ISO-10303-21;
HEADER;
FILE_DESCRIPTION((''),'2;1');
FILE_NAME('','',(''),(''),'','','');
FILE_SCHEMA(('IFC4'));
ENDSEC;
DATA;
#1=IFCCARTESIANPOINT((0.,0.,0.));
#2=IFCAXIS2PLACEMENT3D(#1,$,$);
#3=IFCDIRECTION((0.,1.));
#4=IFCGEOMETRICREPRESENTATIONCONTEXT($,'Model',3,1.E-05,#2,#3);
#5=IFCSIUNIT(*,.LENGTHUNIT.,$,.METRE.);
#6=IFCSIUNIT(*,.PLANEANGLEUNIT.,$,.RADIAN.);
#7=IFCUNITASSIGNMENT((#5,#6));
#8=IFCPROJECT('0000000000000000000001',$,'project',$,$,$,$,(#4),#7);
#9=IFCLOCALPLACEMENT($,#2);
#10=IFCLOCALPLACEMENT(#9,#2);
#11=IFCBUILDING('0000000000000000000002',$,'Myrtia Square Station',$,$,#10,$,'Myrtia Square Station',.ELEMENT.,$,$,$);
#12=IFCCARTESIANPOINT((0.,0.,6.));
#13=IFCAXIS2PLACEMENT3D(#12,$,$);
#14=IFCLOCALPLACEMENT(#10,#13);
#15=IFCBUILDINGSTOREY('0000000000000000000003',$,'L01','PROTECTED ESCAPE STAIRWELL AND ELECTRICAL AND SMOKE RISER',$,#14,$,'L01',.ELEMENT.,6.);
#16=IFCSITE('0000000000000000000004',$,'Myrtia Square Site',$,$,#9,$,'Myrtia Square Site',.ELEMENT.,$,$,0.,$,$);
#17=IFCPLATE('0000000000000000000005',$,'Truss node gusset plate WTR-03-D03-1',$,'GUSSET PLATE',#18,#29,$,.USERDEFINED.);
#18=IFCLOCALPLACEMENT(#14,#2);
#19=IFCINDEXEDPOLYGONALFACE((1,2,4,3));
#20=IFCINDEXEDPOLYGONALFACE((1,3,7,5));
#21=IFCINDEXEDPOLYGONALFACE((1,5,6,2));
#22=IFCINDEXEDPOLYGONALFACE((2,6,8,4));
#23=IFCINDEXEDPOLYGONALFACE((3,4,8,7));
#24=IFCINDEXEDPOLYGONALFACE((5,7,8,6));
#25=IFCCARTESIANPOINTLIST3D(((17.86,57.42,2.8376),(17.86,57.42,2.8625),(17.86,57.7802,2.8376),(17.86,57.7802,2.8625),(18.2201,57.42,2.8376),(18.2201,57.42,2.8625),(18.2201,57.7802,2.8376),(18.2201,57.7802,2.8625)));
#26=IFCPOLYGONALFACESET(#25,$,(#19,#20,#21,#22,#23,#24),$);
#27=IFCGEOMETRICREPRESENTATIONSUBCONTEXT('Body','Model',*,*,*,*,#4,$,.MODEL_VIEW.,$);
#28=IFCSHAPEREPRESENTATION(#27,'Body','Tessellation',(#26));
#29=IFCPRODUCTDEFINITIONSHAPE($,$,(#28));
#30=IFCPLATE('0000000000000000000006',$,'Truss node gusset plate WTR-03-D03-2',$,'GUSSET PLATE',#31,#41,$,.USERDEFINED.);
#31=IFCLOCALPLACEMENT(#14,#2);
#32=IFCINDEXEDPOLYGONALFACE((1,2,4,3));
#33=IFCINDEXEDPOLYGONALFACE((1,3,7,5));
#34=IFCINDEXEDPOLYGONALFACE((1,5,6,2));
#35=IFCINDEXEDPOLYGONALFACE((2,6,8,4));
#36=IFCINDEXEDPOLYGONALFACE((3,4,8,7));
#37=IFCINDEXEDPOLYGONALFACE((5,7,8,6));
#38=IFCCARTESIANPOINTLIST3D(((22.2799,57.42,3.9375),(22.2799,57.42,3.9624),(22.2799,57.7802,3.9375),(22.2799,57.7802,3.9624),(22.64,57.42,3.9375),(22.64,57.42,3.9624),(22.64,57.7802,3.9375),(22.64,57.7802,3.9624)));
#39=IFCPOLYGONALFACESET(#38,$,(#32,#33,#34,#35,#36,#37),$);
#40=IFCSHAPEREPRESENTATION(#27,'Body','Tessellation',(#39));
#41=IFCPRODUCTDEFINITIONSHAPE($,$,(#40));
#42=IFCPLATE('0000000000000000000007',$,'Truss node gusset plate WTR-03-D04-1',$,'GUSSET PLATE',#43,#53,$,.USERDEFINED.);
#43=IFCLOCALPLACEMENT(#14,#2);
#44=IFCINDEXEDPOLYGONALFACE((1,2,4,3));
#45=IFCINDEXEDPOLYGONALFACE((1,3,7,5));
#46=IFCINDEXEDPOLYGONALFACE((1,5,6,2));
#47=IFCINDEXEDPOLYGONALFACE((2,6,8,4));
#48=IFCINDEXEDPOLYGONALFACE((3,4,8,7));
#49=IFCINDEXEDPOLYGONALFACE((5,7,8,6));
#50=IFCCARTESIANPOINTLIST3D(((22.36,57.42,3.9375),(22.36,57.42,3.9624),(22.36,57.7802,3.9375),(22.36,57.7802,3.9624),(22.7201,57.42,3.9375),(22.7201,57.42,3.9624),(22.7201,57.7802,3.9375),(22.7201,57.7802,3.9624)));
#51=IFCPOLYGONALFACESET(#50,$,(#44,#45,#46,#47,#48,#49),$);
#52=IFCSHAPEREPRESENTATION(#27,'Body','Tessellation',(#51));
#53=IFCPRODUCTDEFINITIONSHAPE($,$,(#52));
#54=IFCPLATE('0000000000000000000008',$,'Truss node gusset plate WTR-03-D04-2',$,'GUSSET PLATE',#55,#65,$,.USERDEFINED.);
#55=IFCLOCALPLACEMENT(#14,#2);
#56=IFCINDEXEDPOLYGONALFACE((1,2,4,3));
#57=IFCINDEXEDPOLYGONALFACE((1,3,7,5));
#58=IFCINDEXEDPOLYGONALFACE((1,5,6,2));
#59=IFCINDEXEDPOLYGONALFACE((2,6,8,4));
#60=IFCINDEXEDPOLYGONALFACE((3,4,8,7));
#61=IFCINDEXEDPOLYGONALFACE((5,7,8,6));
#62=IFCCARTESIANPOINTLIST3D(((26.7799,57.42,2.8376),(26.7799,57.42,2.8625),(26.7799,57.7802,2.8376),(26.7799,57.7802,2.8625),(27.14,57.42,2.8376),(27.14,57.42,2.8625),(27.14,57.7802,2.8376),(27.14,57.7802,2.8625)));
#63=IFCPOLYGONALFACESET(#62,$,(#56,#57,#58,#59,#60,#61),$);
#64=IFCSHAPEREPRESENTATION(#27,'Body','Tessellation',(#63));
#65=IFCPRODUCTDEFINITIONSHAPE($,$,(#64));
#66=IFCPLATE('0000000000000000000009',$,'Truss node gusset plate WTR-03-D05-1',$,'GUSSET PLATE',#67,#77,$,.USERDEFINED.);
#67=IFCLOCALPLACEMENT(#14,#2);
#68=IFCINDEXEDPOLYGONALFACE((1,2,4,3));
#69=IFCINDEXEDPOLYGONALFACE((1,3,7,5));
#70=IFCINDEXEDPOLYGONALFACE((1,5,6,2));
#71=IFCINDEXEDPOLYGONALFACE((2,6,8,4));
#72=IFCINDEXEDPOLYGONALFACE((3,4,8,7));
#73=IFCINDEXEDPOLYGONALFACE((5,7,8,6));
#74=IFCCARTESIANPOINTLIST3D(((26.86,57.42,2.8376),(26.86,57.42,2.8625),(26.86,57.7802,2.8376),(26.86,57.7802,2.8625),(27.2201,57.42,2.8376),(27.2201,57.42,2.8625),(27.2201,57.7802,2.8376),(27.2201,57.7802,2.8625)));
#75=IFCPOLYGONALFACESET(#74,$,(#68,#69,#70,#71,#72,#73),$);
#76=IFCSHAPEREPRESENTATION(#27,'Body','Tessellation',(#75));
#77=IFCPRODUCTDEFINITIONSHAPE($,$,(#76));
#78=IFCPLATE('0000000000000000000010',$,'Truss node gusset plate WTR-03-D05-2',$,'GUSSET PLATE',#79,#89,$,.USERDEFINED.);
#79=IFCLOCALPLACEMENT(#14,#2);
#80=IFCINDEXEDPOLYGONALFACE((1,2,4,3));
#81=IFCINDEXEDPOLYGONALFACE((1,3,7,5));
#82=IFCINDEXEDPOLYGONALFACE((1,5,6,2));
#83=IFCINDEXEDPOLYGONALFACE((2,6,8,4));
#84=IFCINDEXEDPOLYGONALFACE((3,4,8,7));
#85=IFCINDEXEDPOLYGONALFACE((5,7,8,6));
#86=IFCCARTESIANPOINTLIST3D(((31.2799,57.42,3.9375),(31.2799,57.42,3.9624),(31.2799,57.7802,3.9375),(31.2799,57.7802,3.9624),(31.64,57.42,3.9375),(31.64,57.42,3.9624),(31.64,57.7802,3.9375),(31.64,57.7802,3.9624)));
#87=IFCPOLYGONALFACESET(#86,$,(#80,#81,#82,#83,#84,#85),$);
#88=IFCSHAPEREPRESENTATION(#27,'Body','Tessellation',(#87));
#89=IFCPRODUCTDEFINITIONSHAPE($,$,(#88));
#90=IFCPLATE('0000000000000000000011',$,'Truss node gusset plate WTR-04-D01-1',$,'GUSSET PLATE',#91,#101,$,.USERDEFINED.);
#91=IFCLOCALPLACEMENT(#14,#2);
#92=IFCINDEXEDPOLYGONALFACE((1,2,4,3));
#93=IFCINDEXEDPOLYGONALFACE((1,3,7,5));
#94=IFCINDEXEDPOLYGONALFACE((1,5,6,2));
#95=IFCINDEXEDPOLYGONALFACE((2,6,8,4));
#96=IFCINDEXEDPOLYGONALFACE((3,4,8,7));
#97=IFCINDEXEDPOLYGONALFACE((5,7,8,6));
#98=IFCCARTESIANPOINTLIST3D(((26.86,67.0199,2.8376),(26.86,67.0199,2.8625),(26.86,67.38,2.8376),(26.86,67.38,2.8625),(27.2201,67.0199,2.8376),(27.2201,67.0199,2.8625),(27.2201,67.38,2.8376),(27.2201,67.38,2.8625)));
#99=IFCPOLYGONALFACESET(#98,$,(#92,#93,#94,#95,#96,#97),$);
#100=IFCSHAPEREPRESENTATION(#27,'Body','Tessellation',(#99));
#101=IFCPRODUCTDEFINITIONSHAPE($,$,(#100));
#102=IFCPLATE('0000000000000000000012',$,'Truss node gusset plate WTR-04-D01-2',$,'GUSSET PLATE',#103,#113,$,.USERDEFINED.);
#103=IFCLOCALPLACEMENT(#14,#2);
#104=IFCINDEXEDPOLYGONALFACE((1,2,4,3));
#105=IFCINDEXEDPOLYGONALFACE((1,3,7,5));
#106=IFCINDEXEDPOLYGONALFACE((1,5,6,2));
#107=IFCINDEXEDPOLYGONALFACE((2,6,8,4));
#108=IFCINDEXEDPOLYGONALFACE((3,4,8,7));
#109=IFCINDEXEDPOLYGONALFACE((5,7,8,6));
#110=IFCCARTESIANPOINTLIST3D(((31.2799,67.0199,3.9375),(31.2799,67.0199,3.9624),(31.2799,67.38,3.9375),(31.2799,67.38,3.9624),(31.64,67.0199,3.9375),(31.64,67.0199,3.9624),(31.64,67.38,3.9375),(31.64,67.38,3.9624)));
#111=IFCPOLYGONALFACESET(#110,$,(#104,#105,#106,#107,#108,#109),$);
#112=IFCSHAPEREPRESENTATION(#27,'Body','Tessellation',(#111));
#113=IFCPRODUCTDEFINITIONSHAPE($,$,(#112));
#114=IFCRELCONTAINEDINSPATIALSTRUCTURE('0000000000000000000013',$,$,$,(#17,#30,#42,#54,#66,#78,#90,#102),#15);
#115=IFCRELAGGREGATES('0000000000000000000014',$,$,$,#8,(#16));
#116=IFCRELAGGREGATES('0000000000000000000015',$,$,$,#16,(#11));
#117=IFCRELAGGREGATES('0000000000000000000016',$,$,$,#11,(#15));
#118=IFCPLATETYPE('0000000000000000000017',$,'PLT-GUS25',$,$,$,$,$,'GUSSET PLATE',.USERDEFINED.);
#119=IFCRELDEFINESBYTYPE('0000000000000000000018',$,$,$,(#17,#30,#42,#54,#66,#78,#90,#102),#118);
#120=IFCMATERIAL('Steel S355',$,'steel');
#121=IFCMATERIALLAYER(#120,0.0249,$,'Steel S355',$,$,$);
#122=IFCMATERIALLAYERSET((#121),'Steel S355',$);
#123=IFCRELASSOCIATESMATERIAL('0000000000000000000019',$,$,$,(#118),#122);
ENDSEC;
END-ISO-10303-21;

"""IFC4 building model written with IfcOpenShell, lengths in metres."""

from ifc_helpers import new_model, si_unit, direction, frame, origin, origin_2d, place, context, subcontext, project, spatial, rectangle, extrude, material, layer, layer_set, type_object, element, save


model = new_model("IFC4")

# Units and contexts
model_context = context("Model", 3, precision=1e-05, world=origin(), true_north=direction((0.0, 1.0)))
body_context = subcontext(model_context, "Body", "Model", "MODEL_VIEW")
ifc_project = project(units=[si_unit("LENGTHUNIT", "METRE"), si_unit("PLANEANGLEUNIT", "RADIAN")], contexts=[model_context])

# Site, building, storey
site_placement = place(None, origin())
site = spatial("IfcSite", under=ifc_project, at=site_placement, Name="Myrtia Square Site", LongName="Myrtia Square Site", CompositionType="ELEMENT", RefElevation=0.0)
building_placement = place(site_placement, origin())
building = spatial("IfcBuilding", under=site, at=building_placement, Name="Myrtia Square Station", LongName="Myrtia Square Station", CompositionType="ELEMENT")
storey_placement = place(building_placement, frame((0.0, 0.0, 6.0)))
storey = spatial("IfcBuildingStorey", under=building, at=storey_placement, Name="L01", Description="PROTECTED ESCAPE STAIRWELL AND ELECTRICAL AND SMOKE RISER", LongName="L01", CompositionType="ELEMENT", Elevation=6.0)

# Shared definitions
ifc_material_1 = material(Name="Steel S355", Category="steel")

# Plates
ifc_layer = layer(ifc_material_1, 0.0249, Name="Steel S355")
ifc_layer_set = layer_set([ifc_layer], Name="Steel S355")
plate_type = type_object("IfcPlateType", Name="PLT-GUS25", ElementType="GUSSET PLATE", PredefinedType="USERDEFINED", material=ifc_layer_set)
for number, where, z_axis, x_axis, name in (
    (1, (18.04, 57.6001, 2.8376), (0.0, 0.0, 1.0), (1.0, 0.0, 0.0), "Truss node gusset plate WTR-03-D03-1"),
    (2, (22.46, 57.6001, 3.9375), (0.0, 0.0, 1.0), (1.0, 0.0, 0.0), "Truss node gusset plate WTR-03-D03-2"),
    (3, (22.54, 57.6001, 3.9375), (0.0, 0.0, 1.0), (1.0, 0.0, 0.0), "Truss node gusset plate WTR-03-D04-1"),
    (4, (26.96, 57.6001, 2.8376), (0.0, 0.0, 1.0), (1.0, 0.0, 0.0), "Truss node gusset plate WTR-03-D04-2"),
    (5, (27.04, 57.6001, 2.8376), (0.0, 0.0, 1.0), (1.0, 0.0, 0.0), "Truss node gusset plate WTR-03-D05-1"),
    (6, (31.46, 57.6001, 3.9375), (0.0, 0.0, 1.0), (1.0, 0.0, 0.0), "Truss node gusset plate WTR-03-D05-2"),
    (7, (27.04, 67.2, 2.8376), (0.0, 0.0, 1.0), (1.0, 0.0, 0.0), "Truss node gusset plate WTR-04-D01-1"),
    (8, (31.46, 67.2, 3.9375), (0.0, 0.0, 1.0), (1.0, 0.0, 0.0), "Truss node gusset plate WTR-04-D01-2"),
):
    element("IfcPlate", number, at=place(storey_placement, frame(where, z_axis=z_axis, x_axis=x_axis)), inside=storey, type_object=plate_type, Name=name, ObjectType="GUSSET PLATE", PredefinedType="USERDEFINED", context=body_context, shape_type="SweptSolid", body=[
        extrude(rectangle(XDim=0.3601, YDim=0.3601, at=origin_2d()), origin(), (0.0, 0.0, 1.0), 0.0249),
    ])

save(model, "model.ifc")
